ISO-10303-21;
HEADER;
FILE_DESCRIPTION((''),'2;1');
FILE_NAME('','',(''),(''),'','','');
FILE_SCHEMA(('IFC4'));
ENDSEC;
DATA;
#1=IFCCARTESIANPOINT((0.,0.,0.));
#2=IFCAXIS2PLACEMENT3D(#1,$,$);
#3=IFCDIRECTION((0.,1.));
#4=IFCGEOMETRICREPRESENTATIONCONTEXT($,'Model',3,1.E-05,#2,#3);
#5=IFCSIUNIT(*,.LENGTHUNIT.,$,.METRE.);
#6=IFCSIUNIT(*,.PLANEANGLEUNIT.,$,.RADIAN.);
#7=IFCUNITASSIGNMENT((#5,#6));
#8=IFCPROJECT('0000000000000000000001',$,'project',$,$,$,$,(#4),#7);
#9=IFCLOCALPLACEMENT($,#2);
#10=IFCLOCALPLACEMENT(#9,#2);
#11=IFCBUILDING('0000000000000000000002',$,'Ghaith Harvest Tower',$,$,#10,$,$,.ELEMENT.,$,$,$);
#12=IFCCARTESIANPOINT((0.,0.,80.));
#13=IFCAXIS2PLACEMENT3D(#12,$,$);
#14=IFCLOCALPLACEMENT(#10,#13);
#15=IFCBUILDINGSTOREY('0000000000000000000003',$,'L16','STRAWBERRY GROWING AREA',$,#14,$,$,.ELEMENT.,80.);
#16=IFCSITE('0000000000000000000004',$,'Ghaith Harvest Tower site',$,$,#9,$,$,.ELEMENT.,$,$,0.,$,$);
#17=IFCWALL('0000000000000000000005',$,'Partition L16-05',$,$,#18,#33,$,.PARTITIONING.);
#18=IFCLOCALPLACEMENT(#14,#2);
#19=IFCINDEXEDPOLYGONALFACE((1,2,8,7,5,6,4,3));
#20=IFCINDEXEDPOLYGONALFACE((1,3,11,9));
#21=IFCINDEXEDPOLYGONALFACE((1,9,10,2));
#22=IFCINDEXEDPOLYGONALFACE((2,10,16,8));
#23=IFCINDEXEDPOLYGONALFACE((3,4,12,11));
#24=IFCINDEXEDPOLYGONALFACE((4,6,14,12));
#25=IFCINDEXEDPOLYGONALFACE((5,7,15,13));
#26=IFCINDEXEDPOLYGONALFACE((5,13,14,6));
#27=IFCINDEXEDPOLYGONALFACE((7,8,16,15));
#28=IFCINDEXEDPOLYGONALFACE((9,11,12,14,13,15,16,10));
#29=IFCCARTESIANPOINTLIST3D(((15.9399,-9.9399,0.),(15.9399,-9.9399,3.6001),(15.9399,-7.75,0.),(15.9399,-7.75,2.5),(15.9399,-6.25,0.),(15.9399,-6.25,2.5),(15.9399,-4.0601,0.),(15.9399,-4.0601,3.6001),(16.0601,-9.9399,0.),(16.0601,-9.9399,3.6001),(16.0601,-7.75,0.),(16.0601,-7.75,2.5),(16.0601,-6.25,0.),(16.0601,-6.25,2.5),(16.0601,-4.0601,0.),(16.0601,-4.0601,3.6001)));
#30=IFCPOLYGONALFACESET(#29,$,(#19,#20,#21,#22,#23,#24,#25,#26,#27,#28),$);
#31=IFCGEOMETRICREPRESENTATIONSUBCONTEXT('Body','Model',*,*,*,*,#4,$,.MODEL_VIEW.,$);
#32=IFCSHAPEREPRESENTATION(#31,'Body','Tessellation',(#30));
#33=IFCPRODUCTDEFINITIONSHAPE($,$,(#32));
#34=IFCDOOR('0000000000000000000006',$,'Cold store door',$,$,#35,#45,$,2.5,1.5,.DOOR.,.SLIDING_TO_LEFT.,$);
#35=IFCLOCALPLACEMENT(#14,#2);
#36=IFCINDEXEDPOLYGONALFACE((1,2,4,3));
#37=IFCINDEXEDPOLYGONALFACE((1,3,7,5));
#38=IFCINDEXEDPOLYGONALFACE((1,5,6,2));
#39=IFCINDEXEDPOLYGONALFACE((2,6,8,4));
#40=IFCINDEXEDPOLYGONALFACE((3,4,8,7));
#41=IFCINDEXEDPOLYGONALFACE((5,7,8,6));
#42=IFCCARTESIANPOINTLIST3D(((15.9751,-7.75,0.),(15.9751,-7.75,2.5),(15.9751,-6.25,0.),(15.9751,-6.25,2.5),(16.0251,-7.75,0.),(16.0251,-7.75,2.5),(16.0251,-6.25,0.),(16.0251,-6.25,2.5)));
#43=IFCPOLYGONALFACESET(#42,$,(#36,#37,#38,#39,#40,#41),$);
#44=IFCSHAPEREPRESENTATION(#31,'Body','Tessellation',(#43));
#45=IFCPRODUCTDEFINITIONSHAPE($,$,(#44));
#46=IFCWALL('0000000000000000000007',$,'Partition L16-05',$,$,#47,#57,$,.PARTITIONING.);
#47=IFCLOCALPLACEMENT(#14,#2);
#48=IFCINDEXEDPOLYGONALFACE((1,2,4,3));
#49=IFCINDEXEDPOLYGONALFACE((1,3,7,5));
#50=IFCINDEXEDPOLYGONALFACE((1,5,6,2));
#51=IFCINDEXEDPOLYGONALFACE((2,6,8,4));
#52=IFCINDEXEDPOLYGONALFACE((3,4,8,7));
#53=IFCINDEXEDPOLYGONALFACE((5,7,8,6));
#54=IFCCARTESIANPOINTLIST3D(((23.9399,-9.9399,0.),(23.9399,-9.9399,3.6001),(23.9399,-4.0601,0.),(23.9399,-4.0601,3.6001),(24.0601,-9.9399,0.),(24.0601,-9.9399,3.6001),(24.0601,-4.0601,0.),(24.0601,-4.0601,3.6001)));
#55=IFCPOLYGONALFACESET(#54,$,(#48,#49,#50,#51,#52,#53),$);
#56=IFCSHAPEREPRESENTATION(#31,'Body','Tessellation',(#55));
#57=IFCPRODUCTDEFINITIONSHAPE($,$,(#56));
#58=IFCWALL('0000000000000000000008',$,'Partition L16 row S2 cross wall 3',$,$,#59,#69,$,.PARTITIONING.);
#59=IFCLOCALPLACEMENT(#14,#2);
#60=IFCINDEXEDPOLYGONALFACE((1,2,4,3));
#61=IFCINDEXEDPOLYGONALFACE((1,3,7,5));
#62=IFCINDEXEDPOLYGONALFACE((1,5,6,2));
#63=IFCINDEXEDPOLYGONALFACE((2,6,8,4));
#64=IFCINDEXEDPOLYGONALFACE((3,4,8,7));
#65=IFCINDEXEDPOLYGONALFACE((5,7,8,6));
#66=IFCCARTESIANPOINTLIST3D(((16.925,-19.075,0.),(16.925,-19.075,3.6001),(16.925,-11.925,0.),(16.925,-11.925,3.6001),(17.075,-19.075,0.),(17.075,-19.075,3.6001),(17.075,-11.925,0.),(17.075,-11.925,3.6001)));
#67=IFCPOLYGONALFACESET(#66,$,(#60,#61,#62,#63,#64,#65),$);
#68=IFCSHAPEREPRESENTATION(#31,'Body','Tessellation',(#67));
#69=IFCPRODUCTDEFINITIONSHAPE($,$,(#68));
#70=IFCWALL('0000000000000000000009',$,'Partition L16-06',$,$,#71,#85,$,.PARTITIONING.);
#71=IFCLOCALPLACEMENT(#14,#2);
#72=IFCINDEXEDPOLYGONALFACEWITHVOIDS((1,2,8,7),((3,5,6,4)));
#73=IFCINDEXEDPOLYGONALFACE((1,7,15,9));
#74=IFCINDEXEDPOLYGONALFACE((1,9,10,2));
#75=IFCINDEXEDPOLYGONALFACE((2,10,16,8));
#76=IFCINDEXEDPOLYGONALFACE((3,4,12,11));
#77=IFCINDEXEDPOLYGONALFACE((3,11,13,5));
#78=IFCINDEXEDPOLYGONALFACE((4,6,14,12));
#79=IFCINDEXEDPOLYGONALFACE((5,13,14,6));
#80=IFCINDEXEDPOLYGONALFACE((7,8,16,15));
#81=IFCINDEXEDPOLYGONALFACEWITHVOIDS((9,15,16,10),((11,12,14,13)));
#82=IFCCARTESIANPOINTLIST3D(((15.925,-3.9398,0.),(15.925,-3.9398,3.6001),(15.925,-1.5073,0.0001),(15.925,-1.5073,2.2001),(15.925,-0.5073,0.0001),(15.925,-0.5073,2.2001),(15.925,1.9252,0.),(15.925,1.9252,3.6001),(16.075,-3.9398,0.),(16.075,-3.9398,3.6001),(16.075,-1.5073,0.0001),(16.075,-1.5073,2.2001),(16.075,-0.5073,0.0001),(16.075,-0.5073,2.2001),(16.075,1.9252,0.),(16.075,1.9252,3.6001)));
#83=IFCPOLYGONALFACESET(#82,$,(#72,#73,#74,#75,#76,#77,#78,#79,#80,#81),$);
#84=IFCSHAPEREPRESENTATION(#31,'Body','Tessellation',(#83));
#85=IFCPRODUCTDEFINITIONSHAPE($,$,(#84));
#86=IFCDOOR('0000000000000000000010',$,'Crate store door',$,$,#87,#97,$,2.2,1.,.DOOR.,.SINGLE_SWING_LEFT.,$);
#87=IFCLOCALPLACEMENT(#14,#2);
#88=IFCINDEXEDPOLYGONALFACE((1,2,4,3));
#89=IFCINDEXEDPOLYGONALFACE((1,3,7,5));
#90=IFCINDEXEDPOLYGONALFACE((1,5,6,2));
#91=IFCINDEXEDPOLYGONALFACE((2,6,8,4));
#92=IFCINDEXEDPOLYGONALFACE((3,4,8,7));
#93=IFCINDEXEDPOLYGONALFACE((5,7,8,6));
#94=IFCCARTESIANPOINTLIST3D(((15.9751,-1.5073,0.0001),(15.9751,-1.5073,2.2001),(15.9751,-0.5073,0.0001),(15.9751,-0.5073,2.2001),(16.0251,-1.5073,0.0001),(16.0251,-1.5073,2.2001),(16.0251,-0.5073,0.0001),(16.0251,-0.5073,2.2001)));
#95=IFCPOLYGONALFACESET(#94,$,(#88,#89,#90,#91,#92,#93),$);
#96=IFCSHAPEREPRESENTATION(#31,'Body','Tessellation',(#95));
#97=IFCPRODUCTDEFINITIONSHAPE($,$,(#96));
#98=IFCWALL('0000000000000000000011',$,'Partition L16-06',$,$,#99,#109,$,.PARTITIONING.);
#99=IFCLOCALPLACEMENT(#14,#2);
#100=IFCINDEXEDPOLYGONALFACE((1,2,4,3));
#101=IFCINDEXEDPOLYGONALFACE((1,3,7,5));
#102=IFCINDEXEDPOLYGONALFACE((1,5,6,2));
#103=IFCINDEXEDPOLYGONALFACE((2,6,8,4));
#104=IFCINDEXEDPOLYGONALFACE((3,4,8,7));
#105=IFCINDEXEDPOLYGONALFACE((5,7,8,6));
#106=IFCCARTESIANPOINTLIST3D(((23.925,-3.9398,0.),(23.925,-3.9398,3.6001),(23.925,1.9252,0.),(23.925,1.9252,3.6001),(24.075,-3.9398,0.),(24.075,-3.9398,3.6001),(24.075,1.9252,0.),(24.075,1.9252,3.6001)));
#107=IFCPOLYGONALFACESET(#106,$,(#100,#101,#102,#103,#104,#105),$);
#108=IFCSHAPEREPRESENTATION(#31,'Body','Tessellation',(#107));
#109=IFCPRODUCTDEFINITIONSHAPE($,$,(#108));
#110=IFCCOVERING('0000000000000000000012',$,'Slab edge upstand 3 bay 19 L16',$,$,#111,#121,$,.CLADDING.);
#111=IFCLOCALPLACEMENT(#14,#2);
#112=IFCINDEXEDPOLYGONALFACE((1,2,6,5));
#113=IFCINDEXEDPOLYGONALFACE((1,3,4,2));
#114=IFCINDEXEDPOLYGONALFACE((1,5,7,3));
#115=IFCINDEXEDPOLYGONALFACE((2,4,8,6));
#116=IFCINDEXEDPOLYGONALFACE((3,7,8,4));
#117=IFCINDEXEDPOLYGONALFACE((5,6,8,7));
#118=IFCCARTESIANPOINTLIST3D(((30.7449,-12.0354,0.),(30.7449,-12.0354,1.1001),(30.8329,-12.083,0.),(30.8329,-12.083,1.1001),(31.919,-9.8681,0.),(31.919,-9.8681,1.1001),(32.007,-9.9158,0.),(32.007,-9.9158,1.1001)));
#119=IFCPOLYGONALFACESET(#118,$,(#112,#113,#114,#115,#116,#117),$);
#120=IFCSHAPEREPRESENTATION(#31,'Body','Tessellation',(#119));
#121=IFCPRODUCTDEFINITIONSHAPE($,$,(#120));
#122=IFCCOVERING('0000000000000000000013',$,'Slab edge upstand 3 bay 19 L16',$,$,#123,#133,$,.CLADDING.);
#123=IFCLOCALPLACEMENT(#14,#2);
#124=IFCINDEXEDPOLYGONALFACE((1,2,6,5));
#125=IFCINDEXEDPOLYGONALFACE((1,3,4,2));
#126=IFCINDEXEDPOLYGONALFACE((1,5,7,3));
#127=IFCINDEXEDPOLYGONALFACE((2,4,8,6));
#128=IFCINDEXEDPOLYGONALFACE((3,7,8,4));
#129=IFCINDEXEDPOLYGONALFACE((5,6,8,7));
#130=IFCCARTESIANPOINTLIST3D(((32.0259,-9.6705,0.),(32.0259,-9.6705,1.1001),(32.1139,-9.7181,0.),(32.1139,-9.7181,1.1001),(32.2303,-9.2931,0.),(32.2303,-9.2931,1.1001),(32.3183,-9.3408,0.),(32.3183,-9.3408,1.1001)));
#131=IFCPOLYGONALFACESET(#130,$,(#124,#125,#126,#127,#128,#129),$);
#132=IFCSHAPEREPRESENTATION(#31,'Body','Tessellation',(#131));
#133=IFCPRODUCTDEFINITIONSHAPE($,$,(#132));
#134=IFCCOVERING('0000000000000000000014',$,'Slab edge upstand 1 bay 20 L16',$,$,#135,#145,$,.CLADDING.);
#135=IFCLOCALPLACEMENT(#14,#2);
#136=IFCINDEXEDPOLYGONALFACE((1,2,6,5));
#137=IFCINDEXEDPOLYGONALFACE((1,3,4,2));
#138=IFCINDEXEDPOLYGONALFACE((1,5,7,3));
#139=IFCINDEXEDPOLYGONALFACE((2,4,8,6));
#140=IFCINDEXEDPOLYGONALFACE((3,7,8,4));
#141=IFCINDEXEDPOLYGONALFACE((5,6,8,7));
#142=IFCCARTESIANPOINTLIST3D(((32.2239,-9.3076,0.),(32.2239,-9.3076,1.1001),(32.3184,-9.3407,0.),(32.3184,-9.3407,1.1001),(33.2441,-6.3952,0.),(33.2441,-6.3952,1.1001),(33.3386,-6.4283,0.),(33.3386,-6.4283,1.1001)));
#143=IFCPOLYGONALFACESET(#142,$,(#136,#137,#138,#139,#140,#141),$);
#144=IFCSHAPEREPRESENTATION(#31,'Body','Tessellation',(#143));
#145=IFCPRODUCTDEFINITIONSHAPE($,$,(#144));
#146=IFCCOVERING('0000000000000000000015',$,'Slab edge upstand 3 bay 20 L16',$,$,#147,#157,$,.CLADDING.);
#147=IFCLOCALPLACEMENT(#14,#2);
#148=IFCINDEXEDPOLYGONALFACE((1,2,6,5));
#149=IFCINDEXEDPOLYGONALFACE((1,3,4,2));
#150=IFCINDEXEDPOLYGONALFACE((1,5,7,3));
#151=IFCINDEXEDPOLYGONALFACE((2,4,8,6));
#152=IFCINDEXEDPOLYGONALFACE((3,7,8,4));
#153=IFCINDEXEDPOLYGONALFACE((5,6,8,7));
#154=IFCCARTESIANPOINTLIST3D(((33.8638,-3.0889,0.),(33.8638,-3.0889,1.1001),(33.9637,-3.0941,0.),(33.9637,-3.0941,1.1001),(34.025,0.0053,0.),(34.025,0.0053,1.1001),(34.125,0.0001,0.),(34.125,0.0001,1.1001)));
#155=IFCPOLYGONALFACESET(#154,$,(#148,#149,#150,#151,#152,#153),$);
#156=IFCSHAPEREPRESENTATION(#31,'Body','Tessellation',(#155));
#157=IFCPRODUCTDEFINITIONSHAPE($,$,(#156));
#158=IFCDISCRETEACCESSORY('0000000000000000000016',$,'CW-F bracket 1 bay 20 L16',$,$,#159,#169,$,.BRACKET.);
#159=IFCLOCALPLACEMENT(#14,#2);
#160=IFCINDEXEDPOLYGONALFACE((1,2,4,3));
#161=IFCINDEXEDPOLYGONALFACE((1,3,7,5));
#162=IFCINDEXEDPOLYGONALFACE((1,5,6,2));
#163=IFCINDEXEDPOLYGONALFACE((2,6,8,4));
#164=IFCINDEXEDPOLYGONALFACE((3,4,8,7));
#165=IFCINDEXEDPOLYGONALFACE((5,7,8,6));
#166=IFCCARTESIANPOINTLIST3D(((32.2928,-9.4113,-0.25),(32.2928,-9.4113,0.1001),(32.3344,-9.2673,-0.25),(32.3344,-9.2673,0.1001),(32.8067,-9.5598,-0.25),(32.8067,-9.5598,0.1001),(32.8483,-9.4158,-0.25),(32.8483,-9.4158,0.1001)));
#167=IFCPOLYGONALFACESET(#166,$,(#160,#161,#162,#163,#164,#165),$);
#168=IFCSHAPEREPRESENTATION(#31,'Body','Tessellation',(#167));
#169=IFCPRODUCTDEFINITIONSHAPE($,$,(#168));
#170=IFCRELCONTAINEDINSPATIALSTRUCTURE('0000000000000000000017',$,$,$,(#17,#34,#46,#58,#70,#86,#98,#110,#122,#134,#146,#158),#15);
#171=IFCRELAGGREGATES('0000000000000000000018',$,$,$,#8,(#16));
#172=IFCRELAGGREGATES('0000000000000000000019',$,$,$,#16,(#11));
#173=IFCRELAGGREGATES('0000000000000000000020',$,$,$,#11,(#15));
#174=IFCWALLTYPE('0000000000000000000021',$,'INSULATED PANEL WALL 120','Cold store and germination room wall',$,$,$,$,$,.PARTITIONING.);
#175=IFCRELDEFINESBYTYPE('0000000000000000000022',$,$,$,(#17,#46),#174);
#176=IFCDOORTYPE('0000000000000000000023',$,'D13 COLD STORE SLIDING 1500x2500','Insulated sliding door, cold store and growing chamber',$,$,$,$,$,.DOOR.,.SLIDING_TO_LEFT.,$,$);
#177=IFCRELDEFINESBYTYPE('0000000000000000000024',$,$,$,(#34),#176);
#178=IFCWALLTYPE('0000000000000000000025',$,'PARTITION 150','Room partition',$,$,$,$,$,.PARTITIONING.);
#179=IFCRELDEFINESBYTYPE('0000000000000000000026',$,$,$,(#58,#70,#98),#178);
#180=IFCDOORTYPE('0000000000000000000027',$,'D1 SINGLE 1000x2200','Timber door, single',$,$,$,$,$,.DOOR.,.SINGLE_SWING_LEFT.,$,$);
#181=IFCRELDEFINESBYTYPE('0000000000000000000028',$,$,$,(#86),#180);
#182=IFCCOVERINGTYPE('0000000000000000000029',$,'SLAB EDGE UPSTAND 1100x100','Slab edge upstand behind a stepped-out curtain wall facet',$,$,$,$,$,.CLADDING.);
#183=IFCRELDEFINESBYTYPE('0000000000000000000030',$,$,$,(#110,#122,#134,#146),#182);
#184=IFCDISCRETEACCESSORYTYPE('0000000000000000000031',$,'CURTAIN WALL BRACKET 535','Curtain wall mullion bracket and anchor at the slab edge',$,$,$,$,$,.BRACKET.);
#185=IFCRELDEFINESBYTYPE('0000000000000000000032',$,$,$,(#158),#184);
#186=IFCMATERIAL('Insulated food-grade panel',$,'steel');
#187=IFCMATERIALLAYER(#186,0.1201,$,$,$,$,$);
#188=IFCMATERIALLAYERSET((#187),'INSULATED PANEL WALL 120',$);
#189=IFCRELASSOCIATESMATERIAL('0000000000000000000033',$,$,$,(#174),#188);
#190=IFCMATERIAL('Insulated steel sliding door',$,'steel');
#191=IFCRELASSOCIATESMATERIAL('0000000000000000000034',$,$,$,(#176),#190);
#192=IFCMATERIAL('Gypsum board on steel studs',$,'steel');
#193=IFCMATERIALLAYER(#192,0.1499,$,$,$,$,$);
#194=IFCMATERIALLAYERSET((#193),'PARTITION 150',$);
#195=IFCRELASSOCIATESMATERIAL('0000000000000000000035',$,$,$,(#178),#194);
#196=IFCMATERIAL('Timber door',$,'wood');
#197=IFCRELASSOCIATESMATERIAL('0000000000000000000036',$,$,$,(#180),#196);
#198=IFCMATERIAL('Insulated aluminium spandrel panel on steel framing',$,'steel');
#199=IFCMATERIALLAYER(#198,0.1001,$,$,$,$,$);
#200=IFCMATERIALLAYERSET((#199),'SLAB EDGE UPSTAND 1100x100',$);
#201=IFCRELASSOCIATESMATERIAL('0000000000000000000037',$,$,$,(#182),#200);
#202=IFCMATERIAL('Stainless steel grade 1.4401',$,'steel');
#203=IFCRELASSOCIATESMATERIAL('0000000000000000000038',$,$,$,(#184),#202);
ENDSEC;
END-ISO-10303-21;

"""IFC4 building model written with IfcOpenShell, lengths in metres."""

from ifc_helpers import new_model, si_unit, direction, frame, frame_2d, origin, origin_2d, place, context, subcontext, project, spatial, rectangle, extrude, material, layer, layer_set, type_object, element, fill, save


model = new_model("IFC4")

# Units and contexts
model_context = context("Model", 3, precision=1e-05, world=origin(), true_north=direction((0.0, 1.0)))
body_context = subcontext(model_context, "Body", "Model", "MODEL_VIEW")
ifc_project = project(units=[si_unit("LENGTHUNIT", "METRE"), si_unit("PLANEANGLEUNIT", "RADIAN")], contexts=[model_context])

# Site, building, storey
site_placement = place(None, origin())
site = spatial("IfcSite", under=ifc_project, at=site_placement, Name="Ghaith Harvest Tower site", CompositionType="ELEMENT", RefElevation=0.0)
building_placement = place(site_placement, origin())
building = spatial("IfcBuilding", under=site, at=building_placement, Name="Ghaith Harvest Tower", CompositionType="ELEMENT")
storey_placement = place(building_placement, frame((0.0, 0.0, 80.0)))
storey = spatial("IfcBuildingStorey", under=building, at=storey_placement, Name="L16", Description="STRAWBERRY GROWING AREA", CompositionType="ELEMENT", Elevation=80.0)

# Shared definitions
ifc_material_1 = material(Name="Insulated food-grade panel", Category="steel")
ifc_layer_1 = layer(ifc_material_1, 0.1201)
ifc_layer_set_1 = layer_set([ifc_layer_1], Name="INSULATED PANEL WALL 120")
wall_type_1 = type_object("IfcWallType", Name="INSULATED PANEL WALL 120", Description="Cold store and germination room wall", PredefinedType="PARTITIONING", material=ifc_layer_set_1)

# Wall, opening, door
wall_1_placement = place(storey_placement, frame((16.0, -9.9399, 0.0), z_axis=(0.0, 0.0, 1.0), x_axis=(0.0, 1.0, 0.0)))
wall_1 = element("IfcWall", 1, at=wall_1_placement, inside=storey, type_object=wall_type_1, Name="Partition L16-05", PredefinedType="PARTITIONING", context=body_context, shape_type="SweptSolid", body=[
    extrude(rectangle(XDim=5.8799, YDim=0.1201, at=frame_2d((2.9399, 0.0))), origin(), (0.0, 0.0, 1.0), 3.6001),
])
opening_1_placement = place(wall_1_placement, frame((2.1899, 0.0, 0.0)))
opening_1 = element("IfcOpeningElement", 2, at=opening_1_placement, cuts=wall_1, PredefinedType="OPENING", context=body_context, shape_type="SweptSolid", body=[
    extrude(rectangle(XDim=1.5, YDim=2.5, at=frame_2d((0.75, 1.25))), frame((0.0, 0.0701, 0.0), z_axis=(0.0, -1.0, 0.0), x_axis=(1.0, 0.0, 0.0)), (0.0, 0.0, 1.0), 0.1401),
])
ifc_material_2 = material(Name="Insulated steel sliding door", Category="steel")
door_type_1 = type_object("IfcDoorType", Name="D13 COLD STORE SLIDING 1500x2500", Description="Insulated sliding door, cold store and growing chamber", OperationType="SLIDING_TO_LEFT", PredefinedType="DOOR", material=ifc_material_2)
door_1_placement = place(opening_1_placement, origin())
door_1 = element("IfcDoor", 3, at=door_1_placement, inside=storey, type_object=door_type_1, Name="Cold store door", OperationType="SLIDING_TO_LEFT", OverallHeight=2.5, OverallWidth=1.5, PredefinedType="DOOR", context=body_context, shape_type="SweptSolid", body=[
    extrude(rectangle(XDim=1.5, YDim=2.5, at=frame_2d((0.75, 1.25))), frame((0.0, 0.0249, 0.0), z_axis=(0.0, -1.0, 0.0), x_axis=(1.0, 0.0, 0.0)), (0.0, 0.0, 1.0), 0.05),
])
fill(opening_1, door_1)

# Walls
wall_2_placement = place(storey_placement, frame((24.0, -9.9399, 0.0), z_axis=(0.0, 0.0, 1.0), x_axis=(0.0, 1.0, 0.0)))
element("IfcWall", 4, at=wall_2_placement, inside=storey, type_object=wall_type_1, Name="Partition L16-05", PredefinedType="PARTITIONING", context=body_context, shape_type="SweptSolid", body=[
    extrude(rectangle(XDim=5.8799, YDim=0.1201, at=frame_2d((2.9399, 0.0))), origin(), (0.0, 0.0, 1.0), 3.6001),
])
ifc_material_3 = material(Name="Gypsum board on steel studs", Category="steel")
ifc_layer_2 = layer(ifc_material_3, 0.1499)
ifc_layer_set_2 = layer_set([ifc_layer_2], Name="PARTITION 150")
wall_type_2 = type_object("IfcWallType", Name="PARTITION 150", Description="Room partition", PredefinedType="PARTITIONING", material=ifc_layer_set_2)
wall_3_placement = place(storey_placement, frame((17.0, -11.925, 0.0), z_axis=(0.0, 0.0, 1.0), x_axis=(0.0, -1.0, 0.0)))
element("IfcWall", 5, at=wall_3_placement, inside=storey, type_object=wall_type_2, Name="Partition L16 row S2 cross wall 3", PredefinedType="PARTITIONING", context=body_context, shape_type="SweptSolid", body=[
    extrude(rectangle(XDim=7.1499, YDim=0.1499, at=frame_2d((3.575, 0.0))), origin(), (0.0, 0.0, 1.0), 3.6001),
])

# Wall, opening, door
wall_4_placement = place(storey_placement, frame((16.0, -3.9399, 0.0), z_axis=(0.0, 0.0, 1.0), x_axis=(0.0, 1.0, 0.0)))
wall_4 = element("IfcWall", 6, at=wall_4_placement, inside=storey, type_object=wall_type_2, Name="Partition L16-06", PredefinedType="PARTITIONING", context=body_context, shape_type="SweptSolid", body=[
    extrude(rectangle(XDim=5.865, YDim=0.1499, at=frame_2d((2.9326, 0.0))), origin(), (0.0, 0.0, 1.0), 3.6001),
])
opening_2_placement = place(wall_4_placement, frame((2.4326, 0.0, 0.0)))
opening_2 = element("IfcOpeningElement", 7, at=opening_2_placement, cuts=wall_4, PredefinedType="OPENING", context=body_context, shape_type="SweptSolid", body=[
    extrude(rectangle(XDim=1.0, YDim=2.2, at=frame_2d((0.5, 1.1001))), frame((0.0, 0.085, 0.0), z_axis=(0.0, -1.0, 0.0), x_axis=(1.0, 0.0, 0.0)), (0.0, 0.0, 1.0), 0.1699),
])
ifc_material_4 = material(Name="Timber door", Category="wood")
door_type_2 = type_object("IfcDoorType", Name="D1 SINGLE 1000x2200", Description="Timber door, single", OperationType="SINGLE_SWING_LEFT", PredefinedType="DOOR", material=ifc_material_4)
door_2_placement = place(opening_2_placement, origin())
door_2 = element("IfcDoor", 8, at=door_2_placement, inside=storey, type_object=door_type_2, Name="Crate store door", OperationType="SINGLE_SWING_LEFT", OverallHeight=2.2, OverallWidth=1.0, PredefinedType="DOOR", context=body_context, shape_type="SweptSolid", body=[
    extrude(rectangle(XDim=1.0, YDim=2.2, at=frame_2d((0.5, 1.1001))), frame((0.0, 0.0249, 0.0), z_axis=(0.0, -1.0, 0.0), x_axis=(1.0, 0.0, 0.0)), (0.0, 0.0, 1.0), 0.05),
])
fill(opening_2, door_2)

# Wall
wall_5_placement = place(storey_placement, frame((24.0, -3.9399, 0.0), z_axis=(0.0, 0.0, 1.0), x_axis=(0.0, 1.0, 0.0)))
element("IfcWall", 9, at=wall_5_placement, inside=storey, type_object=wall_type_2, Name="Partition L16-06", PredefinedType="PARTITIONING", context=body_context, shape_type="SweptSolid", body=[
    extrude(rectangle(XDim=5.865, YDim=0.1499, at=frame_2d((2.9326, 0.0))), origin(), (0.0, 0.0, 1.0), 3.6001),
])

# Coverings
ifc_material_5 = material(Name="Insulated aluminium spandrel panel on steel framing", Category="steel")
ifc_layer_3 = layer(ifc_material_5, 0.1001)
ifc_layer_set_3 = layer_set([ifc_layer_3], Name="SLAB EDGE UPSTAND 1100x100")
covering_type = type_object("IfcCoveringType", Name="SLAB EDGE UPSTAND 1100x100", Description="Slab edge upstand behind a stepped-out curtain wall facet", PredefinedType="CLADDING", material=ifc_layer_set_3)
covering_1_placement = place(storey_placement, frame((31.376, -10.9756, 0.0), z_axis=(0.0, 0.0, 1.0), x_axis=(0.476349, 0.879256, 0.0)))
element("IfcCovering", 10, at=covering_1_placement, inside=storey, type_object=covering_type, Name="Slab edge upstand 3 bay 19 L16", PredefinedType="CLADDING", context=body_context, shape_type="SweptSolid", body=[
    extrude(rectangle(XDim=2.4648, YDim=0.1001, at=origin_2d()), origin(), (0.0, 0.0, 1.0), 1.1001),
])
covering_2_placement = place(storey_placement, frame((32.1721, -9.5056, 0.0), z_axis=(0.0, 0.0, 1.0), x_axis=(0.476349, 0.879256, 0.0)))
element("IfcCovering", 11, at=covering_2_placement, inside=storey, type_object=covering_type, Name="Slab edge upstand 3 bay 19 L16", PredefinedType="CLADDING", context=body_context, shape_type="SweptSolid", body=[
    extrude(rectangle(XDim=0.4292, YDim=0.1001, at=origin_2d()), origin(), (0.0, 0.0, 1.0), 1.1001),
])
covering_3_placement = place(storey_placement, frame((32.7812, -7.8679, 0.0), z_axis=(0.0, 0.0, 1.0), x_axis=(0.330598, 0.943772, 0.0)))
element("IfcCovering", 12, at=covering_3_placement, inside=storey, type_object=covering_type, Name="Slab edge upstand 1 bay 20 L16", PredefinedType="CLADDING", context=body_context, shape_type="SweptSolid", body=[
    extrude(rectangle(XDim=3.0859, YDim=0.1001, at=origin_2d()), origin(), (0.0, 0.0, 1.0), 1.1001),
])
covering_4_placement = place(storey_placement, frame((33.9944, -1.5444, 0.0), z_axis=(0.0, 0.0, 1.0), x_axis=(0.052049, 0.998645, 0.0)))
element("IfcCovering", 13, at=covering_4_placement, inside=storey, type_object=covering_type, Name="Slab edge upstand 3 bay 20 L16", PredefinedType="CLADDING", context=body_context, shape_type="SweptSolid", body=[
    extrude(rectangle(XDim=3.0984, YDim=0.1001, at=origin_2d()), origin(), (0.0, 0.0, 1.0), 1.1001),
])

# Discrete accessory
ifc_material_6 = material(Name="Stainless steel grade 1.4401", Category="steel")
discrete_accessory_type = type_object("IfcDiscreteAccessoryType", Name="CURTAIN WALL BRACKET 535", Description="Curtain wall mullion bracket and anchor at the slab edge", PredefinedType="BRACKET", material=ifc_material_6)
discrete_accessory_placement = place(storey_placement, frame((32.5706, -9.4136, -0.25), z_axis=(0.0, 0.0, 1.0), x_axis=(0.96068, -0.277657, 0.0)))
element("IfcDiscreteAccessory", 14, at=discrete_accessory_placement, inside=storey, type_object=discrete_accessory_type, Name="CW-F bracket 1 bay 20 L16", PredefinedType="BRACKET", context=body_context, shape_type="SweptSolid", body=[
    extrude(rectangle(XDim=0.5349, YDim=0.1499, at=origin_2d()), origin(), (0.0, 0.0, 1.0), 0.3501),
])

save(model, "model.ifc")
